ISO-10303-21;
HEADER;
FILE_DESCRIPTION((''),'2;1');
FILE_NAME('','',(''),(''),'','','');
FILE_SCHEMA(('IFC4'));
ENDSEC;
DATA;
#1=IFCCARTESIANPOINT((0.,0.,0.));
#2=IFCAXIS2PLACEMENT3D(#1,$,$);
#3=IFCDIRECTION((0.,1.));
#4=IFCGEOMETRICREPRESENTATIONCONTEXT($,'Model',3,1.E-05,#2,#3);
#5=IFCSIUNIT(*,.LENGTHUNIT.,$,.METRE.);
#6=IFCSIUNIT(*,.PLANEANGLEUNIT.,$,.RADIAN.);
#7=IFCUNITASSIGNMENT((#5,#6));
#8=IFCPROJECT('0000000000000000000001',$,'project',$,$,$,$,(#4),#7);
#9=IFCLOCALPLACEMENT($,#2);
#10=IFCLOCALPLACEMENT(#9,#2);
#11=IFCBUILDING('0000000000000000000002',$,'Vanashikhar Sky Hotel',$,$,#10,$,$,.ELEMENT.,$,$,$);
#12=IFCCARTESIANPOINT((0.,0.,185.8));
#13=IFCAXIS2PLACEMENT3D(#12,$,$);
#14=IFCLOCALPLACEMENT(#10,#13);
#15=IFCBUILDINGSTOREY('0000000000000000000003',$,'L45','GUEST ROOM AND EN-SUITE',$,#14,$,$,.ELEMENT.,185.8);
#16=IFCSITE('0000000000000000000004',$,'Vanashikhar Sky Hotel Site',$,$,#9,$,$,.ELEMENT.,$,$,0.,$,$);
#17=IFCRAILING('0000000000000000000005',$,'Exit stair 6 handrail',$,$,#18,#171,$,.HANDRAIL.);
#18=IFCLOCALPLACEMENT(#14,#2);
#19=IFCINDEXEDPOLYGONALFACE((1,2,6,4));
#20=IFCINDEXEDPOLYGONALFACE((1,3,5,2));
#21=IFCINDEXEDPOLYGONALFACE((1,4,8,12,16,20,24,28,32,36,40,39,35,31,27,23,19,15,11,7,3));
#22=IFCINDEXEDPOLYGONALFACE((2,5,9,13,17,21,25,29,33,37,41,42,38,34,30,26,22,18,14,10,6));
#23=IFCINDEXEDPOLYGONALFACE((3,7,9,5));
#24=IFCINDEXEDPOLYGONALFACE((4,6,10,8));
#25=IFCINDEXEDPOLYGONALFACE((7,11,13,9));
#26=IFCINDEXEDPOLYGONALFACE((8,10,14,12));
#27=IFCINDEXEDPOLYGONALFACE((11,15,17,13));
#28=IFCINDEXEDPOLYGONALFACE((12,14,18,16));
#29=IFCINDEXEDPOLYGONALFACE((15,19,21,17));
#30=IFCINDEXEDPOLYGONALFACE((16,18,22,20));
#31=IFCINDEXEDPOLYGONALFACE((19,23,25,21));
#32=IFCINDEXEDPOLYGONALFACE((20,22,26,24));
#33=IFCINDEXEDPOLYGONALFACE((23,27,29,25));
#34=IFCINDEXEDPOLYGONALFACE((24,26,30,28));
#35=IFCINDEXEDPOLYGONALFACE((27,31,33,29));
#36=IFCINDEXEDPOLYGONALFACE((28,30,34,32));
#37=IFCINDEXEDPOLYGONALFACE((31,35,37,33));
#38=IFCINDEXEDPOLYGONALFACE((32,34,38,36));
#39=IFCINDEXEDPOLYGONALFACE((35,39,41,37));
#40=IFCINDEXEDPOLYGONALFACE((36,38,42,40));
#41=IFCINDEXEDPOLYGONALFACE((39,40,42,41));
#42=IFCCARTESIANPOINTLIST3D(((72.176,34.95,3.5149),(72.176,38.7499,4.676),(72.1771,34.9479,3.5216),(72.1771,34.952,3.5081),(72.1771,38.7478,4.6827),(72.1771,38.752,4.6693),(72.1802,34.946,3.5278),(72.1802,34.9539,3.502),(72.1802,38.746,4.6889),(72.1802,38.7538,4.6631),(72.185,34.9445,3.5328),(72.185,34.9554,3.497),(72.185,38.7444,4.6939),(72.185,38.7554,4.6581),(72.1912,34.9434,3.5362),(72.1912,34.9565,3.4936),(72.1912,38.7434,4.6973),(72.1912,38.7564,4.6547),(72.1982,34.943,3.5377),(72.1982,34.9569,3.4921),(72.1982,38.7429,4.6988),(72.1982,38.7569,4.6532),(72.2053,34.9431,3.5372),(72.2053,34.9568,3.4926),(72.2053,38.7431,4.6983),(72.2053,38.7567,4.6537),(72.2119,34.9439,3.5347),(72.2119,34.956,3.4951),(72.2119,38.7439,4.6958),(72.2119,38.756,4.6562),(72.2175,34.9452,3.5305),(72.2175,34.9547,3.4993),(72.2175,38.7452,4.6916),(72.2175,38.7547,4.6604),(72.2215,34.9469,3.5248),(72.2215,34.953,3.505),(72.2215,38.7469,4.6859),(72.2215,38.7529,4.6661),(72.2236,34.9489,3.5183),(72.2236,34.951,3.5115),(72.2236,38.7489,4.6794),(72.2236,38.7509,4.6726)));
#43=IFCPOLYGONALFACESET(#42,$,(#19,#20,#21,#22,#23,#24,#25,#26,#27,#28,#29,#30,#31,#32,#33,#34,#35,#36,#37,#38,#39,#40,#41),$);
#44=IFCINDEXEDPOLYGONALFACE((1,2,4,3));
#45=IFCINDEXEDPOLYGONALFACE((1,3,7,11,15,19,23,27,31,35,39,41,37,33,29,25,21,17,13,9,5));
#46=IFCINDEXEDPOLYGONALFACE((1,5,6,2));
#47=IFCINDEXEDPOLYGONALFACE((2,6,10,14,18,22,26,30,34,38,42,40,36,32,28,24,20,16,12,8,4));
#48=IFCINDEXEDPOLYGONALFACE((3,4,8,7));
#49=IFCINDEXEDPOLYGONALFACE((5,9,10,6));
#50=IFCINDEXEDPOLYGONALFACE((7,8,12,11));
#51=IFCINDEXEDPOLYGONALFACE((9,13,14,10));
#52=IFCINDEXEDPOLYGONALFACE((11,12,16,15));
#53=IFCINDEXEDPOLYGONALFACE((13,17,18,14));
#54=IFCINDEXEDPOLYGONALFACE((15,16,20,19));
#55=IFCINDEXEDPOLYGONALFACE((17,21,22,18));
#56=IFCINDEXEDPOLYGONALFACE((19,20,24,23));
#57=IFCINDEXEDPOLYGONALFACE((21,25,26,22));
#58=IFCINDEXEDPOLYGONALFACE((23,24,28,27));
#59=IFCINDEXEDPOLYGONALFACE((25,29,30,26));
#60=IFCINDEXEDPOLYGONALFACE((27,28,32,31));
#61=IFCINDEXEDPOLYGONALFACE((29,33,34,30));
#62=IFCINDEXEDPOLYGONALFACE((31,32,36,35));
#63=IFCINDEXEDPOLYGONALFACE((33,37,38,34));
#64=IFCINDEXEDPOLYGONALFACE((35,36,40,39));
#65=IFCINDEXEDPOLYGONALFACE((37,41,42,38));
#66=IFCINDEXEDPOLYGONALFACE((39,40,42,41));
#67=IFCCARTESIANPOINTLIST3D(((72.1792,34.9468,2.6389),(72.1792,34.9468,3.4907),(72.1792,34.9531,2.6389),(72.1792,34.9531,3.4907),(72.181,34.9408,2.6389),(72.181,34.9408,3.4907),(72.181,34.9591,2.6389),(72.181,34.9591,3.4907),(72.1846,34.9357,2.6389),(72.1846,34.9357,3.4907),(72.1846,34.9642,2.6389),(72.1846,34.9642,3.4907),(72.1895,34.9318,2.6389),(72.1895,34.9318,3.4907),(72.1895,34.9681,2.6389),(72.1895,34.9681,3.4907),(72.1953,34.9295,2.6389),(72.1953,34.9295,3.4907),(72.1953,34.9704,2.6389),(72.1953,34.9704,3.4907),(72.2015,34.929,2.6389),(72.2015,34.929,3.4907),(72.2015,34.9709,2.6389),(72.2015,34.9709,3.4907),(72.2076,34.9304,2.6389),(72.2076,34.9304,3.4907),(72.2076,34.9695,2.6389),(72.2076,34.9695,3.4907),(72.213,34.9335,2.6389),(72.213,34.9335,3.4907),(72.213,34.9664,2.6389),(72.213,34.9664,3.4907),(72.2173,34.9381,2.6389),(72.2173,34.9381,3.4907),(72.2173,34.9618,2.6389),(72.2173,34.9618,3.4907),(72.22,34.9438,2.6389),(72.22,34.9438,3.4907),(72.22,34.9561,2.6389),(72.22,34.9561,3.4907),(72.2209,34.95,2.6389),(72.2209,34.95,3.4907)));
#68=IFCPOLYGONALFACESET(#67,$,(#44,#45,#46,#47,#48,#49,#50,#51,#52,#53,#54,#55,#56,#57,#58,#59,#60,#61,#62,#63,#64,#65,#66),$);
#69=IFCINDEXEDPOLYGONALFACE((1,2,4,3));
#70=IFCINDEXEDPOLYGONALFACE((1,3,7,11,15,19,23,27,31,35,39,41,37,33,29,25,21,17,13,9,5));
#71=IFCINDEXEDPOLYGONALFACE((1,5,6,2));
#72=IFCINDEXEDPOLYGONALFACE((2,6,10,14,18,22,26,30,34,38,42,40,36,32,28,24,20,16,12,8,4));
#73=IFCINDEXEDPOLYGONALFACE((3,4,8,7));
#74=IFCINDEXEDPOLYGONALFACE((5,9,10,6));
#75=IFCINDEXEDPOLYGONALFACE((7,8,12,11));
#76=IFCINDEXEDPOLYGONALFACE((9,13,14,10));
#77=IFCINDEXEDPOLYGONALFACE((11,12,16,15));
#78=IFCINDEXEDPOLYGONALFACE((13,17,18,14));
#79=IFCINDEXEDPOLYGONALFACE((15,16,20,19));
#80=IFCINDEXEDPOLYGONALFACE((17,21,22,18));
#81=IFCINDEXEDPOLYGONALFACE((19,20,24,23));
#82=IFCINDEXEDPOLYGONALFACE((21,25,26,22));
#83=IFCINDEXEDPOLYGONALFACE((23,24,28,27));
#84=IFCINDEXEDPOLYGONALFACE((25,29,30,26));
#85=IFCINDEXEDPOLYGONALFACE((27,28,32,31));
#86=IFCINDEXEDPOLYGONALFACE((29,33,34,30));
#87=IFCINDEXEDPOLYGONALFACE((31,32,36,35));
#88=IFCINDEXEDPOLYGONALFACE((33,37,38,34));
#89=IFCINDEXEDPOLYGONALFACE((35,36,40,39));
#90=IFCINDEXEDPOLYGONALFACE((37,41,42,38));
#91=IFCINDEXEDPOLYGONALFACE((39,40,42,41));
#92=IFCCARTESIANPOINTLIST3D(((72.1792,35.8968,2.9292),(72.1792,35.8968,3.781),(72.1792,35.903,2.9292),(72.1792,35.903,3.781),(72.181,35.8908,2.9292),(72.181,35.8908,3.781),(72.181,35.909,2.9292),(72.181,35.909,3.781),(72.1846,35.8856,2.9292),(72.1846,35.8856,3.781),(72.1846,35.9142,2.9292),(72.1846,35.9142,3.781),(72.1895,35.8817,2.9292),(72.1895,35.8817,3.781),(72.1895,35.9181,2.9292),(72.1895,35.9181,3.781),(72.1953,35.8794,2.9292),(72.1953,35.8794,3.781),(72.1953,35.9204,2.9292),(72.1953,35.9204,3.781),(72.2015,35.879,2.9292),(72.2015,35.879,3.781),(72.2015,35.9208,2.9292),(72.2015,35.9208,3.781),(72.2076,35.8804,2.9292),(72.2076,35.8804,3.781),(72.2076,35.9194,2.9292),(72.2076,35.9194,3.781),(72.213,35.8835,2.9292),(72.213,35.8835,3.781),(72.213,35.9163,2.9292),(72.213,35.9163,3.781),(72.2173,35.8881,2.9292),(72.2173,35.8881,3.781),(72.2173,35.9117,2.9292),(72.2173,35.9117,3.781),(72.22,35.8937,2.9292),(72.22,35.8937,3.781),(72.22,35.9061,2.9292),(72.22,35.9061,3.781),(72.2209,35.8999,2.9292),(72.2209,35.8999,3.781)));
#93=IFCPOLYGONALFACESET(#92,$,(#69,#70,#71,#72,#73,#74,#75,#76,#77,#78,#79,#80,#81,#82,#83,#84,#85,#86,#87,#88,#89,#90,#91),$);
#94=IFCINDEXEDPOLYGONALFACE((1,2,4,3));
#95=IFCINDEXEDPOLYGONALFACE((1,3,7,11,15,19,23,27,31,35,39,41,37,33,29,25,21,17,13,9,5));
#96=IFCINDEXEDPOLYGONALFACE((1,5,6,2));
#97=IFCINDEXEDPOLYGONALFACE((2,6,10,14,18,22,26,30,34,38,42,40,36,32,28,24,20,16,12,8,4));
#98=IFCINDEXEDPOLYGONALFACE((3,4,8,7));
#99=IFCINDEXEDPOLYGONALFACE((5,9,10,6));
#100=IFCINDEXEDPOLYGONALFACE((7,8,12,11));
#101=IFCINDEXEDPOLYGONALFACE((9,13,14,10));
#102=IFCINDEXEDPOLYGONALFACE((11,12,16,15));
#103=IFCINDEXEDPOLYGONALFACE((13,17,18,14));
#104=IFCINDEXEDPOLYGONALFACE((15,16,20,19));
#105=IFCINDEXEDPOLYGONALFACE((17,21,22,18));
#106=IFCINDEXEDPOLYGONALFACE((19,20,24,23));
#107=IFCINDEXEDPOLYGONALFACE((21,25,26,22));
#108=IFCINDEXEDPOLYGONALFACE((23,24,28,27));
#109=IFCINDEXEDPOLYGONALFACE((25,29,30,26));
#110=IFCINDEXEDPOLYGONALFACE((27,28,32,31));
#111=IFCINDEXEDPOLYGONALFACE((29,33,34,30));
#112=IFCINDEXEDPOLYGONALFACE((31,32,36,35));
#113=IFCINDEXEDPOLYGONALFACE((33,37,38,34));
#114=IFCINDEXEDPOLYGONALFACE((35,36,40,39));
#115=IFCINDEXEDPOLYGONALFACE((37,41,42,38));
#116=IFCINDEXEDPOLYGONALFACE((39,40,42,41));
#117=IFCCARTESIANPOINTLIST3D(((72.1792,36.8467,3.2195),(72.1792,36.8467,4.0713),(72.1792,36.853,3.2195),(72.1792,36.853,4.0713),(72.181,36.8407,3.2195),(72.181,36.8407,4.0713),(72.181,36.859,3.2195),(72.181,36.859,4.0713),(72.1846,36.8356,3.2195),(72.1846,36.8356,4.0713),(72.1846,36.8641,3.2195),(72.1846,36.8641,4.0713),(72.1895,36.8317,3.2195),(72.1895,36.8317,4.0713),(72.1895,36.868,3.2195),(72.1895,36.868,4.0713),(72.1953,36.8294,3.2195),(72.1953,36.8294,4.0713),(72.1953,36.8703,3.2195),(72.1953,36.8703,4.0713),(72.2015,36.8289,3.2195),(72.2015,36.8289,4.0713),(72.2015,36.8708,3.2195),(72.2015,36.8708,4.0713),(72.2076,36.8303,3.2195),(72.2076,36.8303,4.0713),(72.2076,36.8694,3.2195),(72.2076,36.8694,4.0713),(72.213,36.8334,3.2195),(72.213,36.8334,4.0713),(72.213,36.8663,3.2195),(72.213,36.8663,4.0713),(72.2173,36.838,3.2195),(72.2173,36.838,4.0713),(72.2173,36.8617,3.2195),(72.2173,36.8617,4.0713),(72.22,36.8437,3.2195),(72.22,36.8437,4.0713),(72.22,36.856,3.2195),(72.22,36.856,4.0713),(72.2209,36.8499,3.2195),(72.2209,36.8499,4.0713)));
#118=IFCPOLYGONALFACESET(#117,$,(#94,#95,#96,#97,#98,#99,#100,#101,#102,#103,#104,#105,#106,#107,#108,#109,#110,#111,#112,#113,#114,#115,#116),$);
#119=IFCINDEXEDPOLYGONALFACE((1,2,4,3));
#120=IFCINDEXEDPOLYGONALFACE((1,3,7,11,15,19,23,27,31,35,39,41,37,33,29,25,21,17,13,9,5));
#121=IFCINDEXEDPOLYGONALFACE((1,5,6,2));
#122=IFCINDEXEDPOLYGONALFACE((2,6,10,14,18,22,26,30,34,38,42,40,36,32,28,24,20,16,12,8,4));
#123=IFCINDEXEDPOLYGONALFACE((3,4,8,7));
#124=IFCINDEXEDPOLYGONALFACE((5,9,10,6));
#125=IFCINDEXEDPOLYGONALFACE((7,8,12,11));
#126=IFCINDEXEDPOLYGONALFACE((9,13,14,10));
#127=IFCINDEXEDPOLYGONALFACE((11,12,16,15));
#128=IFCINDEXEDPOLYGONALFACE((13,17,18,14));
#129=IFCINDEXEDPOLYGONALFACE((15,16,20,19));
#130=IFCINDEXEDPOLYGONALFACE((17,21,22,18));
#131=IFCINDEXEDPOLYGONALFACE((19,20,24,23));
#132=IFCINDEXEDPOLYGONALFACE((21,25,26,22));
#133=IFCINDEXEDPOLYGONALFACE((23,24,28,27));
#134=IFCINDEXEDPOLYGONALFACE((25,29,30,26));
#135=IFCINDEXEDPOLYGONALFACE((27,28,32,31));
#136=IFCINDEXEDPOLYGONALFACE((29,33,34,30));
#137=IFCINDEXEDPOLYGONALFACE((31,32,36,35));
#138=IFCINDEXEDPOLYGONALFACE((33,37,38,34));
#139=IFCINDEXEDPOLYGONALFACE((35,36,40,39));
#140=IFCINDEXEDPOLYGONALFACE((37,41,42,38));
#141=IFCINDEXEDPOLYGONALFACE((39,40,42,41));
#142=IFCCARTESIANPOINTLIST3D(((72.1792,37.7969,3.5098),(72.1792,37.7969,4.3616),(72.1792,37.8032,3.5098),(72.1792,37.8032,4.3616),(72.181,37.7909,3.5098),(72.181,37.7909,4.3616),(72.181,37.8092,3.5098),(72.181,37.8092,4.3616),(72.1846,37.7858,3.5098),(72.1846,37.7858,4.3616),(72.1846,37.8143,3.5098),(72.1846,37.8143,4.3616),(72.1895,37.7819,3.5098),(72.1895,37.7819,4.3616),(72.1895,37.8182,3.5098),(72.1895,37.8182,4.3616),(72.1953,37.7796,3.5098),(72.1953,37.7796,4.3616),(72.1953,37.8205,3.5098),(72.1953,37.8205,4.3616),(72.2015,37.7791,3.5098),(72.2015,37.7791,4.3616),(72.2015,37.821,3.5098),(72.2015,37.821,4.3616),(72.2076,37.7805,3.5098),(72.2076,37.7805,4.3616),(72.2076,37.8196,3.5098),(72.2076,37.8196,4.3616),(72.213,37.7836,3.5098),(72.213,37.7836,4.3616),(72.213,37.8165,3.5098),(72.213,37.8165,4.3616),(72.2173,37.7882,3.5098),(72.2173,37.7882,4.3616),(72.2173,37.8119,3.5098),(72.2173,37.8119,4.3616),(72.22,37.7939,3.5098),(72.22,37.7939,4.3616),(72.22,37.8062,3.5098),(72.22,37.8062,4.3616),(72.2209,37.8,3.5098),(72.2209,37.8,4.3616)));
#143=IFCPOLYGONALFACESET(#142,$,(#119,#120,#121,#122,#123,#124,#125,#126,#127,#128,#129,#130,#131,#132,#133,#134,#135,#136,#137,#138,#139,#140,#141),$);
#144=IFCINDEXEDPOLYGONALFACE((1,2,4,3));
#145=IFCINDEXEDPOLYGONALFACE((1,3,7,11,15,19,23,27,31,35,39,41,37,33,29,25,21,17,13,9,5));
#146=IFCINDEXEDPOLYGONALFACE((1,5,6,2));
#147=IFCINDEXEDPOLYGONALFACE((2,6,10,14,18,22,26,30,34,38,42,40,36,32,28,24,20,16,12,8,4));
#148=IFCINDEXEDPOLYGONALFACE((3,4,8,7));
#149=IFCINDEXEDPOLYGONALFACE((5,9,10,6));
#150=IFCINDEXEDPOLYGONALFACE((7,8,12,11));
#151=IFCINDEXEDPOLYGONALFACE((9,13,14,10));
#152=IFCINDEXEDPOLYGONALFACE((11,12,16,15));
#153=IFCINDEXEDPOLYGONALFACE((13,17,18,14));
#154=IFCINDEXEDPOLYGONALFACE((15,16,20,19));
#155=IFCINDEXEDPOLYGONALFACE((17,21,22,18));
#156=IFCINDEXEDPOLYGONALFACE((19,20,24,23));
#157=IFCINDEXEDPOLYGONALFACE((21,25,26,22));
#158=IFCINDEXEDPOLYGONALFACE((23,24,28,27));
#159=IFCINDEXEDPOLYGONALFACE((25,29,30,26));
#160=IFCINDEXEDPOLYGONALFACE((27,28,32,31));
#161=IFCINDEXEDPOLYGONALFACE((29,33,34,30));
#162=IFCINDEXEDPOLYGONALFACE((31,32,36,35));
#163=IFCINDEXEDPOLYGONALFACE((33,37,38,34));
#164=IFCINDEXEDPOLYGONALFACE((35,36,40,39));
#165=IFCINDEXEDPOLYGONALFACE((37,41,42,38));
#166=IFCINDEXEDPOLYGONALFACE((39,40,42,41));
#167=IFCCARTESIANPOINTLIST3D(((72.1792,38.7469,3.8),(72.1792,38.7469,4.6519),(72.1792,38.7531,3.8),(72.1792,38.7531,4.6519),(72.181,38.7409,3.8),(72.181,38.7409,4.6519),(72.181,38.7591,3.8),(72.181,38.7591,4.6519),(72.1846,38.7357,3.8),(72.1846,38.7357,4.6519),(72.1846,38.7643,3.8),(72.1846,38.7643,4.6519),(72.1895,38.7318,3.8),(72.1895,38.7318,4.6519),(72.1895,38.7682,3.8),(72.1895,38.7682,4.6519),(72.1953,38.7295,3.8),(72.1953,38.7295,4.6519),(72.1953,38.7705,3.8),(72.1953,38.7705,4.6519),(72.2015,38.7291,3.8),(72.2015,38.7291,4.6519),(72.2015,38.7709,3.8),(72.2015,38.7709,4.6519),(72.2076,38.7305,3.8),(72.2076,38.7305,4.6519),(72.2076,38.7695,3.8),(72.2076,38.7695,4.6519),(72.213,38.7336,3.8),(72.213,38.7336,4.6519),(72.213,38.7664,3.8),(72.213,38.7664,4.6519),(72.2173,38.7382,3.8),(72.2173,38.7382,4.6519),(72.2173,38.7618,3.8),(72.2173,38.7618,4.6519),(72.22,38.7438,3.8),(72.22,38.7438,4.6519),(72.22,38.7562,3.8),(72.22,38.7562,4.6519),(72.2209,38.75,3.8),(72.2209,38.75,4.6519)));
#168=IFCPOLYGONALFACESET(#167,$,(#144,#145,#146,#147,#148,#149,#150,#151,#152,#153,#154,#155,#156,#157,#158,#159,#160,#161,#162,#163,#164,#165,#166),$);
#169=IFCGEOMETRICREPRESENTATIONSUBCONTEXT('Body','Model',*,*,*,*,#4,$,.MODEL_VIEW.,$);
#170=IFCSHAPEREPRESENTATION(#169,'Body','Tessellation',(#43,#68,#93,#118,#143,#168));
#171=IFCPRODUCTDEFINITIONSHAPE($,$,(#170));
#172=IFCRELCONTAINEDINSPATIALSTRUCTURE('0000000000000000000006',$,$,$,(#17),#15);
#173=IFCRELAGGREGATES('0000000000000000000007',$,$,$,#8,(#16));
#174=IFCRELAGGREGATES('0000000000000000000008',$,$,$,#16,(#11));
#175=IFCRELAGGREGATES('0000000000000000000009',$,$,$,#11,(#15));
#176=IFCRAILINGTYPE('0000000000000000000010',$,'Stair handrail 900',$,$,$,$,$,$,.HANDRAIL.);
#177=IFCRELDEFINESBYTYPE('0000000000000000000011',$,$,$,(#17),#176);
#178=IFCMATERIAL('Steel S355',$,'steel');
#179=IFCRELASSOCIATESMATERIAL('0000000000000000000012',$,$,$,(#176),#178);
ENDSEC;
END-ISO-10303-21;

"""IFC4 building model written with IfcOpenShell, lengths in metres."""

from ifc_helpers import new_model, si_unit, direction, frame, origin, origin_2d, place, context, subcontext, project, spatial, circle, extrude, source, transform, mapped, material, type_object, element, save


model = new_model("IFC4")

# Units and contexts
model_context = context("Model", 3, precision=1e-05, world=origin(), true_north=direction((0.0, 1.0)))
body_context = subcontext(model_context, "Body", "Model", "MODEL_VIEW")
ifc_project = project(units=[si_unit("LENGTHUNIT", "METRE"), si_unit("PLANEANGLEUNIT", "RADIAN")], contexts=[model_context])

# Site, building, storey
site_placement = place(None, origin())
site = spatial("IfcSite", under=ifc_project, at=site_placement, Name="Vanashikhar Sky Hotel Site", CompositionType="ELEMENT", RefElevation=0.0)
building_placement = place(site_placement, origin())
building = spatial("IfcBuilding", under=site, at=building_placement, Name="Vanashikhar Sky Hotel", CompositionType="ELEMENT")
storey_placement = place(building_placement, frame((0.0, 0.0, 185.8)))
storey = spatial("IfcBuildingStorey", under=building, at=storey_placement, Name="L45", Description="GUEST ROOM AND EN-SUITE", CompositionType="ELEMENT", Elevation=185.8)

# Railing
ifc_material_1 = material(Name="Steel S355", Category="steel")
railing_type_1 = type_object("IfcRailingType", Name="Stair handrail 900", PredefinedType="HANDRAIL", material=ifc_material_1)
shared_shape_1 = source(origin(), body_context, "Body", "SweptSolid", [
    extrude(circle(Radius=0.0239, at=origin_2d()), frame((0.0, 0.0, 0.876), z_axis=(0.0, 0.956351, 0.29222), x_axis=(-1.0, 0.0, 0.0)), (0.0, 0.0, 1.0), 3.9734),
    extrude(circle(Radius=0.021, at=origin_2d()), origin(), (0.0, 0.0, 1.0), 0.8518),
    extrude(circle(Radius=0.021, at=origin_2d()), frame((0.0, 0.95, 0.2903)), (0.0, 0.0, 1.0), 0.8518),
    extrude(circle(Radius=0.021, at=origin_2d()), frame((0.0, 1.8999, 0.5806)), (0.0, 0.0, 1.0), 0.8518),
    extrude(circle(Radius=0.021, at=origin_2d()), frame((0.0, 2.8501, 0.8708)), (0.0, 0.0, 1.0), 0.8518),
    extrude(circle(Radius=0.021, at=origin_2d()), frame((0.0, 3.8, 1.1611)), (0.0, 0.0, 1.0), 0.8518),
])
for number, where, name in (
    (1, (72.2, 34.95, 2.6389), "Exit stair 6 handrail"),
):
    element("IfcRailing", number, at=place(storey_placement, frame(where)), inside=storey, type_object=railing_type_1, Name=name, PredefinedType="HANDRAIL", context=body_context, shape_type="MappedRepresentation", body=[
        mapped(shared_shape_1, transform((0.0, 0.0, 0.0), scale=1.0)),
    ])

save(model, "model.ifc")
